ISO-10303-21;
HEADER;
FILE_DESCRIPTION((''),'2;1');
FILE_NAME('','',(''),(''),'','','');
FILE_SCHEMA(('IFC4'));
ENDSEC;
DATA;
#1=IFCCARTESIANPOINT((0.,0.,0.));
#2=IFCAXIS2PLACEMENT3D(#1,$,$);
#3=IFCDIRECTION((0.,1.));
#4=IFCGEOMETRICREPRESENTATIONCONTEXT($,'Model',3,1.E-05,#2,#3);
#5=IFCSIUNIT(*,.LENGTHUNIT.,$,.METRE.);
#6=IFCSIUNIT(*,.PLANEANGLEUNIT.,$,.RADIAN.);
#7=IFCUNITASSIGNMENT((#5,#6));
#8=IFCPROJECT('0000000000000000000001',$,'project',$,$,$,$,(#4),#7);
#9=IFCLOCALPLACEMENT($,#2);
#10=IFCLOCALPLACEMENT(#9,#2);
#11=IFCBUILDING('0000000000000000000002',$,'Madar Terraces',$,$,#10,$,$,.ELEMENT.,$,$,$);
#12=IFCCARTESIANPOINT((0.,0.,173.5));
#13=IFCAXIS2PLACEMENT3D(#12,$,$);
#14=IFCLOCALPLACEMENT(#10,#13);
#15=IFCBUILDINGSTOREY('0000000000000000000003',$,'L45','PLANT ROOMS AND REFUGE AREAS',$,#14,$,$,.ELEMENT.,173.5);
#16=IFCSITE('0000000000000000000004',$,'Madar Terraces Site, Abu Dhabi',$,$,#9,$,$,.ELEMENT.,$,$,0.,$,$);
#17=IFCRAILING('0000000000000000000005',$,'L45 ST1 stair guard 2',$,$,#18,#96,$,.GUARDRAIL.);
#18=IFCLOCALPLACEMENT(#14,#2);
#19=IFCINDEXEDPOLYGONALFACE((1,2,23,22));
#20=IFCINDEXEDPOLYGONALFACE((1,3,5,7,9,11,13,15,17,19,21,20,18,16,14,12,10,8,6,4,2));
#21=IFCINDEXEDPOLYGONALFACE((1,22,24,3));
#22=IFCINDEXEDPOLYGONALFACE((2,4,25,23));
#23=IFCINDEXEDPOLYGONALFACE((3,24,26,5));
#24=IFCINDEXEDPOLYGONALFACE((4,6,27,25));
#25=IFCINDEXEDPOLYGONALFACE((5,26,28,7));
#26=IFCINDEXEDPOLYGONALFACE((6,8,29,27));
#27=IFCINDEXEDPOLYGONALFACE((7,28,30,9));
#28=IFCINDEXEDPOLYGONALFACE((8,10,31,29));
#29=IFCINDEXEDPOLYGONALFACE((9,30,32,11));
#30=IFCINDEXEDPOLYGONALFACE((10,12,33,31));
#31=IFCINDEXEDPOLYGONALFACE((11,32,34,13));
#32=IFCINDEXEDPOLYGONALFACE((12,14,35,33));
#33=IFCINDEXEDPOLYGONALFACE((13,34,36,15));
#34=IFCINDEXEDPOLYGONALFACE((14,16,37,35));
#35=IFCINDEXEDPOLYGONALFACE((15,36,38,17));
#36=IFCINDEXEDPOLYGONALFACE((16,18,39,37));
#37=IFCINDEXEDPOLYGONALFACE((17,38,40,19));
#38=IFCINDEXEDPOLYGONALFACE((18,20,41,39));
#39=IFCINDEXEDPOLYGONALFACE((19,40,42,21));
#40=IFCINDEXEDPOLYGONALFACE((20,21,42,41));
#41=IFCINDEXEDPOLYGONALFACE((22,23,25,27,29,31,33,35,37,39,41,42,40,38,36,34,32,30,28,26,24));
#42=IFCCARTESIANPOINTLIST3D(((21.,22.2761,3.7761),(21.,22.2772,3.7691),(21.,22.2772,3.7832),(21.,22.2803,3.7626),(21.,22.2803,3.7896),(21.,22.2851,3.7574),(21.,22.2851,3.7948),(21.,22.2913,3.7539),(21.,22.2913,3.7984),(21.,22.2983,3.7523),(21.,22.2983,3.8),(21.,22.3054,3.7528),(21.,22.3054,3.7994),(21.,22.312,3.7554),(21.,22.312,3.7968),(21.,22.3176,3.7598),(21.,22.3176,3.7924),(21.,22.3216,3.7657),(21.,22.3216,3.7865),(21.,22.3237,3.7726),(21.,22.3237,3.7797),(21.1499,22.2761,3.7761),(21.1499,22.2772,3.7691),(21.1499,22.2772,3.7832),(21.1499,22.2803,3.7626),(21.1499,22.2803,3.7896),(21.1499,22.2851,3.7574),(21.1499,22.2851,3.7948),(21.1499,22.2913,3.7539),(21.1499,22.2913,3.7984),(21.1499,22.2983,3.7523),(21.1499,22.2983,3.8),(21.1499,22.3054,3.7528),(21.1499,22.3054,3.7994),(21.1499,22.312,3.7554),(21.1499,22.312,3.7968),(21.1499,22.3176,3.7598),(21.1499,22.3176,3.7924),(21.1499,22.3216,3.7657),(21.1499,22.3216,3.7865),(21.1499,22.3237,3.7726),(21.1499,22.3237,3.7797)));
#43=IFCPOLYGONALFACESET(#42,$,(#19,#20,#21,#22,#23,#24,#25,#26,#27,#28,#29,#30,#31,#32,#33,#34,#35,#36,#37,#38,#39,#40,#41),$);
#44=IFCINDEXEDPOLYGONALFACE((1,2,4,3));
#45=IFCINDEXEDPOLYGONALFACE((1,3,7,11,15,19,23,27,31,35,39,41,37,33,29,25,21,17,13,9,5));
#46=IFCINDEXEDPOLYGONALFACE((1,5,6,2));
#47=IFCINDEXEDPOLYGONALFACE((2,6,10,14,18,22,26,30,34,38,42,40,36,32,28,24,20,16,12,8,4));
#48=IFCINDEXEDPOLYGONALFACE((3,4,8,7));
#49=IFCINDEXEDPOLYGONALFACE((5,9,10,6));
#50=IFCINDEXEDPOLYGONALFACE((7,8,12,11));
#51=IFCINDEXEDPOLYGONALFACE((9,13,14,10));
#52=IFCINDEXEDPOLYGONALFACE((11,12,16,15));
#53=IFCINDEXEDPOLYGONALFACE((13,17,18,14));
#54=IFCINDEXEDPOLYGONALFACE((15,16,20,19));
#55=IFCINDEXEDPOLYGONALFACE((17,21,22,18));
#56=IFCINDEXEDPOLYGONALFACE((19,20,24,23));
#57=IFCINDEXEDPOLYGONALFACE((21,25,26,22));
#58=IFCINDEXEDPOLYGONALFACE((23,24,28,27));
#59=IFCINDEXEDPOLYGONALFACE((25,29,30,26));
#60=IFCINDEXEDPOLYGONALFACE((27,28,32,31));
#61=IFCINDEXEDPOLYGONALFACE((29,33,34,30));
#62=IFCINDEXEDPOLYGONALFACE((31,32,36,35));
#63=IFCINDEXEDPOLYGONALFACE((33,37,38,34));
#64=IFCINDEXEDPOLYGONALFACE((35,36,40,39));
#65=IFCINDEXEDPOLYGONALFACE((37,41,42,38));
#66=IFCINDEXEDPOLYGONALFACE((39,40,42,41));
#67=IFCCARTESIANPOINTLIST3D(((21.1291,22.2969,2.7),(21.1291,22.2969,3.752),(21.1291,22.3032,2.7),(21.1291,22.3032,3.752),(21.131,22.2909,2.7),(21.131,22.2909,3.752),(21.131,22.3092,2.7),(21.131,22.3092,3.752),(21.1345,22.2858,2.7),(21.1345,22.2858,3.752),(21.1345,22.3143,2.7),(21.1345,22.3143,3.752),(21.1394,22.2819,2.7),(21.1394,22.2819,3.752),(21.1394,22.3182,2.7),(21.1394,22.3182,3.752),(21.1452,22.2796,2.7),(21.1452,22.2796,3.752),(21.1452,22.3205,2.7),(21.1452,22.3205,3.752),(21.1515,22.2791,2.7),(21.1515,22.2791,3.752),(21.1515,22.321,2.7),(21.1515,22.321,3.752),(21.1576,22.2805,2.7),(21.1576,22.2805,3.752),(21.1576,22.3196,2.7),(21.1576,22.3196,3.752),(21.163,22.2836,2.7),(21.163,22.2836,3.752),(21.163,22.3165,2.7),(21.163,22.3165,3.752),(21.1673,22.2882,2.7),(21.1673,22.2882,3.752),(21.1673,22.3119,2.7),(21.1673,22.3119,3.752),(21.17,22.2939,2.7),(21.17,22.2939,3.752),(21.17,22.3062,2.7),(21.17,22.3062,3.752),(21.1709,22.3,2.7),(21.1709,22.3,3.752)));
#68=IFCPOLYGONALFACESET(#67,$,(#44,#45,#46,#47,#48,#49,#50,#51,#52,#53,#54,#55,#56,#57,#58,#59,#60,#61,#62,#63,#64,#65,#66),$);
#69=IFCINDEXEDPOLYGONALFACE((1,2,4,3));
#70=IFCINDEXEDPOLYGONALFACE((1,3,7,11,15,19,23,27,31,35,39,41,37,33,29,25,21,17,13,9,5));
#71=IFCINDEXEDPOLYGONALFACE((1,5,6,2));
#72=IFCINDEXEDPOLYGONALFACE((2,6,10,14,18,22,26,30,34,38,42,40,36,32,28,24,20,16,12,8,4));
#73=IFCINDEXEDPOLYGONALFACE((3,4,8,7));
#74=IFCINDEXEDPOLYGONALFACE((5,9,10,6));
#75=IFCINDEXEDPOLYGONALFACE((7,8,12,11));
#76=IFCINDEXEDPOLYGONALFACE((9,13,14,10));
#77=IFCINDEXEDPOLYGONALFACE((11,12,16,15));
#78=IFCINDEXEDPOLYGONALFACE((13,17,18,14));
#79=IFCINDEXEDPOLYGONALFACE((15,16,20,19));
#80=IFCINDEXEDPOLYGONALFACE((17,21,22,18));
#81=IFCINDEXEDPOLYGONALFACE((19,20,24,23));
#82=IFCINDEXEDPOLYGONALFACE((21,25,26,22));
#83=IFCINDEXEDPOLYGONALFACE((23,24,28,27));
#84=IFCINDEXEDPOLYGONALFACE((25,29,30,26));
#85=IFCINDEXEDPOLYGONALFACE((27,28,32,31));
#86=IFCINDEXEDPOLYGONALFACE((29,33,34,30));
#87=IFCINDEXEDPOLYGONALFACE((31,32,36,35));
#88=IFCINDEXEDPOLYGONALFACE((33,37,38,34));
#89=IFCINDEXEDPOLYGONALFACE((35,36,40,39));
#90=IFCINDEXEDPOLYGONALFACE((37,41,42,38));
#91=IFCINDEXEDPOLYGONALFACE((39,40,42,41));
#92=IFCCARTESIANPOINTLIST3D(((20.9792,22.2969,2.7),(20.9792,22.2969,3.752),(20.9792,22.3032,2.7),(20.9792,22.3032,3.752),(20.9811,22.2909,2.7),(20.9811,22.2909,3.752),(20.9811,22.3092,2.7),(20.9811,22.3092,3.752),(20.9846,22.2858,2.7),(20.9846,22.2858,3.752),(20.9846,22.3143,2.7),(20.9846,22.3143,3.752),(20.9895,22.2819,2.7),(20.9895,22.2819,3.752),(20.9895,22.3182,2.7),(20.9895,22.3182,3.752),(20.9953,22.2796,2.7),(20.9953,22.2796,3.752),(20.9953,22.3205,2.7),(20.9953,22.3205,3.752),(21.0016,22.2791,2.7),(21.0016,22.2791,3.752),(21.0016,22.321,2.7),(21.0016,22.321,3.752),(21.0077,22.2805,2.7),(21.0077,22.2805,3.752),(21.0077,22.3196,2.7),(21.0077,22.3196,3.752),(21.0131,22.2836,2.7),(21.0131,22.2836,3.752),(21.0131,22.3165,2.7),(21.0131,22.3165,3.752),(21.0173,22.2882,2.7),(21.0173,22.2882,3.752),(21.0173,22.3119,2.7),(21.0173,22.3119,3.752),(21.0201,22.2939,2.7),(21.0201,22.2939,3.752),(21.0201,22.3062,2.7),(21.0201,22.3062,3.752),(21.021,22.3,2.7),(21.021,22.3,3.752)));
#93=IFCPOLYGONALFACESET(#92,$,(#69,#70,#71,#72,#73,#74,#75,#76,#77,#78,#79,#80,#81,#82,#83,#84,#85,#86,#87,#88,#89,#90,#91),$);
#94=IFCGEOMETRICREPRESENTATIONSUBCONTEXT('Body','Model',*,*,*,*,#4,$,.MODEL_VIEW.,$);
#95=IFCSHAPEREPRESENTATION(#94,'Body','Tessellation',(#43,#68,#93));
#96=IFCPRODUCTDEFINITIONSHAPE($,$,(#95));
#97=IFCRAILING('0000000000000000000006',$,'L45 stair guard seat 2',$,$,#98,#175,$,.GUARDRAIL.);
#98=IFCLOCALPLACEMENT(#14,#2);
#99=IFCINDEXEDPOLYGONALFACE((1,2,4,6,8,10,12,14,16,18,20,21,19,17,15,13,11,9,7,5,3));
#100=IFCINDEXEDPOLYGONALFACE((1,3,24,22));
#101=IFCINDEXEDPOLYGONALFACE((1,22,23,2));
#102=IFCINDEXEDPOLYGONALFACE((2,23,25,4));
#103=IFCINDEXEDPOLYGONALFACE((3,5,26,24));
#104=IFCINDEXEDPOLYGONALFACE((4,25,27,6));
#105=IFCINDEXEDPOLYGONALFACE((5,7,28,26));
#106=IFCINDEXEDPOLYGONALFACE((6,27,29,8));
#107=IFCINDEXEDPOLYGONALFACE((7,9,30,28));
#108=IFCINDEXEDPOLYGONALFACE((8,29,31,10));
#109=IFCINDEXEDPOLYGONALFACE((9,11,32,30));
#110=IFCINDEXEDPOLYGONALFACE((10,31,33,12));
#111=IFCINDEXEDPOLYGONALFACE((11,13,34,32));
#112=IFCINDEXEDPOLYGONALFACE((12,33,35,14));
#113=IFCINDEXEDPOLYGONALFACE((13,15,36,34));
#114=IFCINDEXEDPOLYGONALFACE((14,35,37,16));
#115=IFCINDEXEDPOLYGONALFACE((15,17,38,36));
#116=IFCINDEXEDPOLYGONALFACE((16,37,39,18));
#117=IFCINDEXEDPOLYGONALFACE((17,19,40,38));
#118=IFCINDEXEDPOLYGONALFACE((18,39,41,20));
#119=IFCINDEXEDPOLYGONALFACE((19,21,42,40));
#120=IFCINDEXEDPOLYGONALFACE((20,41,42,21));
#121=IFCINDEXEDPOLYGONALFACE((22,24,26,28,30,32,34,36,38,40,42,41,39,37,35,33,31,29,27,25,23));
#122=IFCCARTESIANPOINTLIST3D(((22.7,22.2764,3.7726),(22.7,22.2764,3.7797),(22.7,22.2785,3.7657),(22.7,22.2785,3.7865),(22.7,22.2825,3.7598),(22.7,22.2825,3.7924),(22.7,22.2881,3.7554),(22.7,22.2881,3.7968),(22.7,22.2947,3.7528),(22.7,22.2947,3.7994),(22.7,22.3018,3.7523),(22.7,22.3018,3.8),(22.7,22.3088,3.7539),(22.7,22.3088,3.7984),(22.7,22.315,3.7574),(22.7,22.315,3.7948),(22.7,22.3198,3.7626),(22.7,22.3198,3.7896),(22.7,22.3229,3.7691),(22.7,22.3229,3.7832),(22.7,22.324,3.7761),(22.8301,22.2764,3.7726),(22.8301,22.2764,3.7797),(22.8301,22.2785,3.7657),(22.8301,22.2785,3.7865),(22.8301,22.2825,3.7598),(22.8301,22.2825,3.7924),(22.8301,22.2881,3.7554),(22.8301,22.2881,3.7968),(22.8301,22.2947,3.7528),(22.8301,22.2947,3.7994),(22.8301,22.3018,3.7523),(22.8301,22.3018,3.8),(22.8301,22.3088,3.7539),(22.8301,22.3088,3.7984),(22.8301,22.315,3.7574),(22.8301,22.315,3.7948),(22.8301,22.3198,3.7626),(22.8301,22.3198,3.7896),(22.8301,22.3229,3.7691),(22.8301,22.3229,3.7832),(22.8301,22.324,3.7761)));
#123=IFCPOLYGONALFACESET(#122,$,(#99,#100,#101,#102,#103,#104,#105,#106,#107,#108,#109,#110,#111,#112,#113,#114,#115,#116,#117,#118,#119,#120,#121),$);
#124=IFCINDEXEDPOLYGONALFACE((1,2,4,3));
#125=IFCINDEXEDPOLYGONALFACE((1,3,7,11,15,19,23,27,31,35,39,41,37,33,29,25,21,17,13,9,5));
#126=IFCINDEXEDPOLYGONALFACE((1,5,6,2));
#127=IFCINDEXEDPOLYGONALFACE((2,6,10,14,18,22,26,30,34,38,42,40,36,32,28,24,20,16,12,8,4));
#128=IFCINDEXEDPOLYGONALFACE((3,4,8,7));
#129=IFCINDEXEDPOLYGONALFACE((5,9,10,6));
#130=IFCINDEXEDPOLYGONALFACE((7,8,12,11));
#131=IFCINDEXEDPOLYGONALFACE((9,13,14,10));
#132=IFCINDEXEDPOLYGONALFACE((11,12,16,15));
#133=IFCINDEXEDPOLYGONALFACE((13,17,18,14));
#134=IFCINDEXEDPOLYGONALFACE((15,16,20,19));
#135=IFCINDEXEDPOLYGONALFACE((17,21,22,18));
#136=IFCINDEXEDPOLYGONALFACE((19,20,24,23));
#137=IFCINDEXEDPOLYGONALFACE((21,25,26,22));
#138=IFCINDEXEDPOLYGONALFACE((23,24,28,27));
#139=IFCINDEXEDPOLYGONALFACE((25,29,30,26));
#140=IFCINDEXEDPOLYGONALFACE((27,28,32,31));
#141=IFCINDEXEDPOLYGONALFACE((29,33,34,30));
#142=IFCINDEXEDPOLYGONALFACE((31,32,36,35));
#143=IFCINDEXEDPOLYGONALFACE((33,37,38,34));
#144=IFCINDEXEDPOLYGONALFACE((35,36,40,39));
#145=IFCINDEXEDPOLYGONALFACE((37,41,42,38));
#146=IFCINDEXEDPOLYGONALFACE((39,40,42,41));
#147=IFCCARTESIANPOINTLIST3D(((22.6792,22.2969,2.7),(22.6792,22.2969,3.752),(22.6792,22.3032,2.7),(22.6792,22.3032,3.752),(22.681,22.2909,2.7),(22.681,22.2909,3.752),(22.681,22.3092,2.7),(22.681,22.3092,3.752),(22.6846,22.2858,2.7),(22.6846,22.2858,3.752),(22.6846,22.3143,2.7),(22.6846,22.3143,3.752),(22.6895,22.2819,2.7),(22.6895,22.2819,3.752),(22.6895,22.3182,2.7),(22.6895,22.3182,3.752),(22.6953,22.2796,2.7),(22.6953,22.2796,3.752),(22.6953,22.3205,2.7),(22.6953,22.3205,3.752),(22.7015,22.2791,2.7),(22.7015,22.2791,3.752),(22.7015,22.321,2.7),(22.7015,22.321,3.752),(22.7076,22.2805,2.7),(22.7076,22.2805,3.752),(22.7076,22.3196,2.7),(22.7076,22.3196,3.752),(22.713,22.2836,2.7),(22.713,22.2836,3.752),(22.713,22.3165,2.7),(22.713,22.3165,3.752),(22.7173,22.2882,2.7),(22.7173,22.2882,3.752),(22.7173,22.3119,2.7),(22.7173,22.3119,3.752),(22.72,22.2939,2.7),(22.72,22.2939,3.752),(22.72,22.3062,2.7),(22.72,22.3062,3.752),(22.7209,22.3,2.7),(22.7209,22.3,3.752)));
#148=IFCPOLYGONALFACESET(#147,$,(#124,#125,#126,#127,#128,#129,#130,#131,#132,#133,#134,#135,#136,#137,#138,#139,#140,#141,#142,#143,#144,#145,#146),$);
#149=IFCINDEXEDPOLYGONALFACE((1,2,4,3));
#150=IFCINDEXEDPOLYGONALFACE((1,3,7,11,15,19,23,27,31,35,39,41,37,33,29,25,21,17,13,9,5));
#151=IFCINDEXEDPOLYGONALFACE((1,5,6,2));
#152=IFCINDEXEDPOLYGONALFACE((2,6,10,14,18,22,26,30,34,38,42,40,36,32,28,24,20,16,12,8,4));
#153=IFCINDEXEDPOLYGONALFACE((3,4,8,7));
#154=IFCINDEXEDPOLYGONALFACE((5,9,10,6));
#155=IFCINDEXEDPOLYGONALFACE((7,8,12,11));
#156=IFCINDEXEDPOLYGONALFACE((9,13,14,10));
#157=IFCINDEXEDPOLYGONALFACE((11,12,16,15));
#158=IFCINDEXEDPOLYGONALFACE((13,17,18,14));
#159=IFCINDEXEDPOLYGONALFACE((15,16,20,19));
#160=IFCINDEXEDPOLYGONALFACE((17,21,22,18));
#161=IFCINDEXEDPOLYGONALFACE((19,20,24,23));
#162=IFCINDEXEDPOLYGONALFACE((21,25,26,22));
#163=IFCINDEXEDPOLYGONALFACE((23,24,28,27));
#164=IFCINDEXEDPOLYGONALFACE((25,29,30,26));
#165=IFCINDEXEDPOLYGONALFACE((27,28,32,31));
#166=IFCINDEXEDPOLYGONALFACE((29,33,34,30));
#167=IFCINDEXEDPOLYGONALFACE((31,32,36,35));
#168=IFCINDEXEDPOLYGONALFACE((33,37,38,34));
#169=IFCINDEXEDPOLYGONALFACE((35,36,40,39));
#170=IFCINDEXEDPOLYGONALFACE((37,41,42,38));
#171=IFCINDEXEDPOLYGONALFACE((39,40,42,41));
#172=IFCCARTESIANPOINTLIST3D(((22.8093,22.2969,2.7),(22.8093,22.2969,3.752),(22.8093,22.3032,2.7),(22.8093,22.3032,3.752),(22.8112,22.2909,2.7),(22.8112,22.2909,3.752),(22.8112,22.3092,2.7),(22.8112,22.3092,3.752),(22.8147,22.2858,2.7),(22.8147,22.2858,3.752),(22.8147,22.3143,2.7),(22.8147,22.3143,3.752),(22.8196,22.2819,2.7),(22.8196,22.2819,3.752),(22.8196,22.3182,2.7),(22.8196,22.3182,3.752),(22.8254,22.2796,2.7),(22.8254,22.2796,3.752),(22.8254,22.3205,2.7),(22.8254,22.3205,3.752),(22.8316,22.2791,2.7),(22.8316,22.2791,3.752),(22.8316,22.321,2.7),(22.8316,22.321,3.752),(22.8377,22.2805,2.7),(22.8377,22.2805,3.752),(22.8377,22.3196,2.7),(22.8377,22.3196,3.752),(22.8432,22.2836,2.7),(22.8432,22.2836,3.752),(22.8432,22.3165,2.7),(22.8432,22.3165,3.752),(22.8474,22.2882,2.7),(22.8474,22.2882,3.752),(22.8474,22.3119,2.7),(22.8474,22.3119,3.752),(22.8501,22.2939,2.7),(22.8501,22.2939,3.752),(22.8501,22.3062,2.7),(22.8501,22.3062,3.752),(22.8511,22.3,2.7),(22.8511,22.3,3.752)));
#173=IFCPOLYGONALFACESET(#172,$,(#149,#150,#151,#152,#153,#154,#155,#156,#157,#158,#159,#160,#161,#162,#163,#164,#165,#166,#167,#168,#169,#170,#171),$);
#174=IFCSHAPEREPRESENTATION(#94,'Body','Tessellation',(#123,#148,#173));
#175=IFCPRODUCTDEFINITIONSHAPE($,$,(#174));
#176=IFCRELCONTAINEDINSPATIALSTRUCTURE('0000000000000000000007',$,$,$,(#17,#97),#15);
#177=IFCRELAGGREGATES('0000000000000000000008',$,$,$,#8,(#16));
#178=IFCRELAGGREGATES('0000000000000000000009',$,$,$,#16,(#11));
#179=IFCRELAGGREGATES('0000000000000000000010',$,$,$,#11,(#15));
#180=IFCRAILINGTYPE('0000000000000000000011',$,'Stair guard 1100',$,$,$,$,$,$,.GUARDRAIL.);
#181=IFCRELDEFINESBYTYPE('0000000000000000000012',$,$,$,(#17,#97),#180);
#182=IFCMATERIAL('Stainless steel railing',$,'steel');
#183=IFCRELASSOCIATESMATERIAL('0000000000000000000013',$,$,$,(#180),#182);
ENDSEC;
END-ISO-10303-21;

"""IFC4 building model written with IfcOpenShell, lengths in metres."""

from ifc_helpers import new_model, si_unit, direction, frame, origin, origin_2d, place, context, subcontext, project, spatial, circle, extrude, material, type_object, element, save


model = new_model("IFC4")

# Units and contexts
model_context = context("Model", 3, precision=1e-05, world=origin(), true_north=direction((0.0, 1.0)))
body_context = subcontext(model_context, "Body", "Model", "MODEL_VIEW")
ifc_project = project(units=[si_unit("LENGTHUNIT", "METRE"), si_unit("PLANEANGLEUNIT", "RADIAN")], contexts=[model_context])

# Site, building, storey
site_placement = place(None, origin())
site = spatial("IfcSite", under=ifc_project, at=site_placement, Name="Madar Terraces Site, Abu Dhabi", CompositionType="ELEMENT", RefElevation=0.0)
building_placement = place(site_placement, origin())
building = spatial("IfcBuilding", under=site, at=building_placement, Name="Madar Terraces", CompositionType="ELEMENT")
storey_placement = place(building_placement, frame((0.0, 0.0, 173.5)))
storey = spatial("IfcBuildingStorey", under=building, at=storey_placement, Name="L45", Description="PLANT ROOMS AND REFUGE AREAS", CompositionType="ELEMENT", Elevation=173.5)

# Railings
ifc_material_1 = material(Name="Stainless steel railing", Category="steel")
railing_type_1 = type_object("IfcRailingType", Name="Stair guard 1100", PredefinedType="GUARDRAIL", material=ifc_material_1)
railing_1_placement = place(storey_placement, frame((21.1499, 22.3, 2.7)))
element("IfcRailing", 1, at=railing_1_placement, inside=storey, type_object=railing_type_1, Name="L45 ST1 stair guard 2", PredefinedType="GUARDRAIL", context=body_context, shape_type="SweptSolid", body=[
    extrude(circle(Radius=0.0239, at=origin_2d()), frame((0.0, 0.0, 1.0762), z_axis=(-1.0, 0.0, 0.0), x_axis=(0.0, -1.0, 0.0)), (0.0, 0.0, 1.0), 0.1499),
    extrude(circle(Radius=0.021, at=origin_2d()), origin(), (0.0, 0.0, 1.0), 1.052),
    extrude(circle(Radius=0.021, at=origin_2d()), frame((-0.1499, 0.0, 0.0)), (0.0, 0.0, 1.0), 1.052),
])
for number, where, name in (
    (2, (22.7, 22.3, 2.7), "L45 stair guard seat 2"),
):
    element("IfcRailing", number, at=place(storey_placement, frame(where)), inside=storey, type_object=railing_type_1, Name=name, PredefinedType="GUARDRAIL", context=body_context, shape_type="SweptSolid", body=[
        extrude(circle(Radius=0.0239, at=origin_2d()), frame((0.0, 0.0, 1.0762), z_axis=(1.0, 0.0, 0.0), x_axis=(0.0, 1.0, 0.0)), (0.0, 0.0, 1.0), 0.1301),
        extrude(circle(Radius=0.021, at=origin_2d()), origin(), (0.0, 0.0, 1.0), 1.052),
        extrude(circle(Radius=0.021, at=origin_2d()), frame((0.1301, 0.0, 0.0)), (0.0, 0.0, 1.0), 1.052),
    ])

save(model, "model.ifc")
